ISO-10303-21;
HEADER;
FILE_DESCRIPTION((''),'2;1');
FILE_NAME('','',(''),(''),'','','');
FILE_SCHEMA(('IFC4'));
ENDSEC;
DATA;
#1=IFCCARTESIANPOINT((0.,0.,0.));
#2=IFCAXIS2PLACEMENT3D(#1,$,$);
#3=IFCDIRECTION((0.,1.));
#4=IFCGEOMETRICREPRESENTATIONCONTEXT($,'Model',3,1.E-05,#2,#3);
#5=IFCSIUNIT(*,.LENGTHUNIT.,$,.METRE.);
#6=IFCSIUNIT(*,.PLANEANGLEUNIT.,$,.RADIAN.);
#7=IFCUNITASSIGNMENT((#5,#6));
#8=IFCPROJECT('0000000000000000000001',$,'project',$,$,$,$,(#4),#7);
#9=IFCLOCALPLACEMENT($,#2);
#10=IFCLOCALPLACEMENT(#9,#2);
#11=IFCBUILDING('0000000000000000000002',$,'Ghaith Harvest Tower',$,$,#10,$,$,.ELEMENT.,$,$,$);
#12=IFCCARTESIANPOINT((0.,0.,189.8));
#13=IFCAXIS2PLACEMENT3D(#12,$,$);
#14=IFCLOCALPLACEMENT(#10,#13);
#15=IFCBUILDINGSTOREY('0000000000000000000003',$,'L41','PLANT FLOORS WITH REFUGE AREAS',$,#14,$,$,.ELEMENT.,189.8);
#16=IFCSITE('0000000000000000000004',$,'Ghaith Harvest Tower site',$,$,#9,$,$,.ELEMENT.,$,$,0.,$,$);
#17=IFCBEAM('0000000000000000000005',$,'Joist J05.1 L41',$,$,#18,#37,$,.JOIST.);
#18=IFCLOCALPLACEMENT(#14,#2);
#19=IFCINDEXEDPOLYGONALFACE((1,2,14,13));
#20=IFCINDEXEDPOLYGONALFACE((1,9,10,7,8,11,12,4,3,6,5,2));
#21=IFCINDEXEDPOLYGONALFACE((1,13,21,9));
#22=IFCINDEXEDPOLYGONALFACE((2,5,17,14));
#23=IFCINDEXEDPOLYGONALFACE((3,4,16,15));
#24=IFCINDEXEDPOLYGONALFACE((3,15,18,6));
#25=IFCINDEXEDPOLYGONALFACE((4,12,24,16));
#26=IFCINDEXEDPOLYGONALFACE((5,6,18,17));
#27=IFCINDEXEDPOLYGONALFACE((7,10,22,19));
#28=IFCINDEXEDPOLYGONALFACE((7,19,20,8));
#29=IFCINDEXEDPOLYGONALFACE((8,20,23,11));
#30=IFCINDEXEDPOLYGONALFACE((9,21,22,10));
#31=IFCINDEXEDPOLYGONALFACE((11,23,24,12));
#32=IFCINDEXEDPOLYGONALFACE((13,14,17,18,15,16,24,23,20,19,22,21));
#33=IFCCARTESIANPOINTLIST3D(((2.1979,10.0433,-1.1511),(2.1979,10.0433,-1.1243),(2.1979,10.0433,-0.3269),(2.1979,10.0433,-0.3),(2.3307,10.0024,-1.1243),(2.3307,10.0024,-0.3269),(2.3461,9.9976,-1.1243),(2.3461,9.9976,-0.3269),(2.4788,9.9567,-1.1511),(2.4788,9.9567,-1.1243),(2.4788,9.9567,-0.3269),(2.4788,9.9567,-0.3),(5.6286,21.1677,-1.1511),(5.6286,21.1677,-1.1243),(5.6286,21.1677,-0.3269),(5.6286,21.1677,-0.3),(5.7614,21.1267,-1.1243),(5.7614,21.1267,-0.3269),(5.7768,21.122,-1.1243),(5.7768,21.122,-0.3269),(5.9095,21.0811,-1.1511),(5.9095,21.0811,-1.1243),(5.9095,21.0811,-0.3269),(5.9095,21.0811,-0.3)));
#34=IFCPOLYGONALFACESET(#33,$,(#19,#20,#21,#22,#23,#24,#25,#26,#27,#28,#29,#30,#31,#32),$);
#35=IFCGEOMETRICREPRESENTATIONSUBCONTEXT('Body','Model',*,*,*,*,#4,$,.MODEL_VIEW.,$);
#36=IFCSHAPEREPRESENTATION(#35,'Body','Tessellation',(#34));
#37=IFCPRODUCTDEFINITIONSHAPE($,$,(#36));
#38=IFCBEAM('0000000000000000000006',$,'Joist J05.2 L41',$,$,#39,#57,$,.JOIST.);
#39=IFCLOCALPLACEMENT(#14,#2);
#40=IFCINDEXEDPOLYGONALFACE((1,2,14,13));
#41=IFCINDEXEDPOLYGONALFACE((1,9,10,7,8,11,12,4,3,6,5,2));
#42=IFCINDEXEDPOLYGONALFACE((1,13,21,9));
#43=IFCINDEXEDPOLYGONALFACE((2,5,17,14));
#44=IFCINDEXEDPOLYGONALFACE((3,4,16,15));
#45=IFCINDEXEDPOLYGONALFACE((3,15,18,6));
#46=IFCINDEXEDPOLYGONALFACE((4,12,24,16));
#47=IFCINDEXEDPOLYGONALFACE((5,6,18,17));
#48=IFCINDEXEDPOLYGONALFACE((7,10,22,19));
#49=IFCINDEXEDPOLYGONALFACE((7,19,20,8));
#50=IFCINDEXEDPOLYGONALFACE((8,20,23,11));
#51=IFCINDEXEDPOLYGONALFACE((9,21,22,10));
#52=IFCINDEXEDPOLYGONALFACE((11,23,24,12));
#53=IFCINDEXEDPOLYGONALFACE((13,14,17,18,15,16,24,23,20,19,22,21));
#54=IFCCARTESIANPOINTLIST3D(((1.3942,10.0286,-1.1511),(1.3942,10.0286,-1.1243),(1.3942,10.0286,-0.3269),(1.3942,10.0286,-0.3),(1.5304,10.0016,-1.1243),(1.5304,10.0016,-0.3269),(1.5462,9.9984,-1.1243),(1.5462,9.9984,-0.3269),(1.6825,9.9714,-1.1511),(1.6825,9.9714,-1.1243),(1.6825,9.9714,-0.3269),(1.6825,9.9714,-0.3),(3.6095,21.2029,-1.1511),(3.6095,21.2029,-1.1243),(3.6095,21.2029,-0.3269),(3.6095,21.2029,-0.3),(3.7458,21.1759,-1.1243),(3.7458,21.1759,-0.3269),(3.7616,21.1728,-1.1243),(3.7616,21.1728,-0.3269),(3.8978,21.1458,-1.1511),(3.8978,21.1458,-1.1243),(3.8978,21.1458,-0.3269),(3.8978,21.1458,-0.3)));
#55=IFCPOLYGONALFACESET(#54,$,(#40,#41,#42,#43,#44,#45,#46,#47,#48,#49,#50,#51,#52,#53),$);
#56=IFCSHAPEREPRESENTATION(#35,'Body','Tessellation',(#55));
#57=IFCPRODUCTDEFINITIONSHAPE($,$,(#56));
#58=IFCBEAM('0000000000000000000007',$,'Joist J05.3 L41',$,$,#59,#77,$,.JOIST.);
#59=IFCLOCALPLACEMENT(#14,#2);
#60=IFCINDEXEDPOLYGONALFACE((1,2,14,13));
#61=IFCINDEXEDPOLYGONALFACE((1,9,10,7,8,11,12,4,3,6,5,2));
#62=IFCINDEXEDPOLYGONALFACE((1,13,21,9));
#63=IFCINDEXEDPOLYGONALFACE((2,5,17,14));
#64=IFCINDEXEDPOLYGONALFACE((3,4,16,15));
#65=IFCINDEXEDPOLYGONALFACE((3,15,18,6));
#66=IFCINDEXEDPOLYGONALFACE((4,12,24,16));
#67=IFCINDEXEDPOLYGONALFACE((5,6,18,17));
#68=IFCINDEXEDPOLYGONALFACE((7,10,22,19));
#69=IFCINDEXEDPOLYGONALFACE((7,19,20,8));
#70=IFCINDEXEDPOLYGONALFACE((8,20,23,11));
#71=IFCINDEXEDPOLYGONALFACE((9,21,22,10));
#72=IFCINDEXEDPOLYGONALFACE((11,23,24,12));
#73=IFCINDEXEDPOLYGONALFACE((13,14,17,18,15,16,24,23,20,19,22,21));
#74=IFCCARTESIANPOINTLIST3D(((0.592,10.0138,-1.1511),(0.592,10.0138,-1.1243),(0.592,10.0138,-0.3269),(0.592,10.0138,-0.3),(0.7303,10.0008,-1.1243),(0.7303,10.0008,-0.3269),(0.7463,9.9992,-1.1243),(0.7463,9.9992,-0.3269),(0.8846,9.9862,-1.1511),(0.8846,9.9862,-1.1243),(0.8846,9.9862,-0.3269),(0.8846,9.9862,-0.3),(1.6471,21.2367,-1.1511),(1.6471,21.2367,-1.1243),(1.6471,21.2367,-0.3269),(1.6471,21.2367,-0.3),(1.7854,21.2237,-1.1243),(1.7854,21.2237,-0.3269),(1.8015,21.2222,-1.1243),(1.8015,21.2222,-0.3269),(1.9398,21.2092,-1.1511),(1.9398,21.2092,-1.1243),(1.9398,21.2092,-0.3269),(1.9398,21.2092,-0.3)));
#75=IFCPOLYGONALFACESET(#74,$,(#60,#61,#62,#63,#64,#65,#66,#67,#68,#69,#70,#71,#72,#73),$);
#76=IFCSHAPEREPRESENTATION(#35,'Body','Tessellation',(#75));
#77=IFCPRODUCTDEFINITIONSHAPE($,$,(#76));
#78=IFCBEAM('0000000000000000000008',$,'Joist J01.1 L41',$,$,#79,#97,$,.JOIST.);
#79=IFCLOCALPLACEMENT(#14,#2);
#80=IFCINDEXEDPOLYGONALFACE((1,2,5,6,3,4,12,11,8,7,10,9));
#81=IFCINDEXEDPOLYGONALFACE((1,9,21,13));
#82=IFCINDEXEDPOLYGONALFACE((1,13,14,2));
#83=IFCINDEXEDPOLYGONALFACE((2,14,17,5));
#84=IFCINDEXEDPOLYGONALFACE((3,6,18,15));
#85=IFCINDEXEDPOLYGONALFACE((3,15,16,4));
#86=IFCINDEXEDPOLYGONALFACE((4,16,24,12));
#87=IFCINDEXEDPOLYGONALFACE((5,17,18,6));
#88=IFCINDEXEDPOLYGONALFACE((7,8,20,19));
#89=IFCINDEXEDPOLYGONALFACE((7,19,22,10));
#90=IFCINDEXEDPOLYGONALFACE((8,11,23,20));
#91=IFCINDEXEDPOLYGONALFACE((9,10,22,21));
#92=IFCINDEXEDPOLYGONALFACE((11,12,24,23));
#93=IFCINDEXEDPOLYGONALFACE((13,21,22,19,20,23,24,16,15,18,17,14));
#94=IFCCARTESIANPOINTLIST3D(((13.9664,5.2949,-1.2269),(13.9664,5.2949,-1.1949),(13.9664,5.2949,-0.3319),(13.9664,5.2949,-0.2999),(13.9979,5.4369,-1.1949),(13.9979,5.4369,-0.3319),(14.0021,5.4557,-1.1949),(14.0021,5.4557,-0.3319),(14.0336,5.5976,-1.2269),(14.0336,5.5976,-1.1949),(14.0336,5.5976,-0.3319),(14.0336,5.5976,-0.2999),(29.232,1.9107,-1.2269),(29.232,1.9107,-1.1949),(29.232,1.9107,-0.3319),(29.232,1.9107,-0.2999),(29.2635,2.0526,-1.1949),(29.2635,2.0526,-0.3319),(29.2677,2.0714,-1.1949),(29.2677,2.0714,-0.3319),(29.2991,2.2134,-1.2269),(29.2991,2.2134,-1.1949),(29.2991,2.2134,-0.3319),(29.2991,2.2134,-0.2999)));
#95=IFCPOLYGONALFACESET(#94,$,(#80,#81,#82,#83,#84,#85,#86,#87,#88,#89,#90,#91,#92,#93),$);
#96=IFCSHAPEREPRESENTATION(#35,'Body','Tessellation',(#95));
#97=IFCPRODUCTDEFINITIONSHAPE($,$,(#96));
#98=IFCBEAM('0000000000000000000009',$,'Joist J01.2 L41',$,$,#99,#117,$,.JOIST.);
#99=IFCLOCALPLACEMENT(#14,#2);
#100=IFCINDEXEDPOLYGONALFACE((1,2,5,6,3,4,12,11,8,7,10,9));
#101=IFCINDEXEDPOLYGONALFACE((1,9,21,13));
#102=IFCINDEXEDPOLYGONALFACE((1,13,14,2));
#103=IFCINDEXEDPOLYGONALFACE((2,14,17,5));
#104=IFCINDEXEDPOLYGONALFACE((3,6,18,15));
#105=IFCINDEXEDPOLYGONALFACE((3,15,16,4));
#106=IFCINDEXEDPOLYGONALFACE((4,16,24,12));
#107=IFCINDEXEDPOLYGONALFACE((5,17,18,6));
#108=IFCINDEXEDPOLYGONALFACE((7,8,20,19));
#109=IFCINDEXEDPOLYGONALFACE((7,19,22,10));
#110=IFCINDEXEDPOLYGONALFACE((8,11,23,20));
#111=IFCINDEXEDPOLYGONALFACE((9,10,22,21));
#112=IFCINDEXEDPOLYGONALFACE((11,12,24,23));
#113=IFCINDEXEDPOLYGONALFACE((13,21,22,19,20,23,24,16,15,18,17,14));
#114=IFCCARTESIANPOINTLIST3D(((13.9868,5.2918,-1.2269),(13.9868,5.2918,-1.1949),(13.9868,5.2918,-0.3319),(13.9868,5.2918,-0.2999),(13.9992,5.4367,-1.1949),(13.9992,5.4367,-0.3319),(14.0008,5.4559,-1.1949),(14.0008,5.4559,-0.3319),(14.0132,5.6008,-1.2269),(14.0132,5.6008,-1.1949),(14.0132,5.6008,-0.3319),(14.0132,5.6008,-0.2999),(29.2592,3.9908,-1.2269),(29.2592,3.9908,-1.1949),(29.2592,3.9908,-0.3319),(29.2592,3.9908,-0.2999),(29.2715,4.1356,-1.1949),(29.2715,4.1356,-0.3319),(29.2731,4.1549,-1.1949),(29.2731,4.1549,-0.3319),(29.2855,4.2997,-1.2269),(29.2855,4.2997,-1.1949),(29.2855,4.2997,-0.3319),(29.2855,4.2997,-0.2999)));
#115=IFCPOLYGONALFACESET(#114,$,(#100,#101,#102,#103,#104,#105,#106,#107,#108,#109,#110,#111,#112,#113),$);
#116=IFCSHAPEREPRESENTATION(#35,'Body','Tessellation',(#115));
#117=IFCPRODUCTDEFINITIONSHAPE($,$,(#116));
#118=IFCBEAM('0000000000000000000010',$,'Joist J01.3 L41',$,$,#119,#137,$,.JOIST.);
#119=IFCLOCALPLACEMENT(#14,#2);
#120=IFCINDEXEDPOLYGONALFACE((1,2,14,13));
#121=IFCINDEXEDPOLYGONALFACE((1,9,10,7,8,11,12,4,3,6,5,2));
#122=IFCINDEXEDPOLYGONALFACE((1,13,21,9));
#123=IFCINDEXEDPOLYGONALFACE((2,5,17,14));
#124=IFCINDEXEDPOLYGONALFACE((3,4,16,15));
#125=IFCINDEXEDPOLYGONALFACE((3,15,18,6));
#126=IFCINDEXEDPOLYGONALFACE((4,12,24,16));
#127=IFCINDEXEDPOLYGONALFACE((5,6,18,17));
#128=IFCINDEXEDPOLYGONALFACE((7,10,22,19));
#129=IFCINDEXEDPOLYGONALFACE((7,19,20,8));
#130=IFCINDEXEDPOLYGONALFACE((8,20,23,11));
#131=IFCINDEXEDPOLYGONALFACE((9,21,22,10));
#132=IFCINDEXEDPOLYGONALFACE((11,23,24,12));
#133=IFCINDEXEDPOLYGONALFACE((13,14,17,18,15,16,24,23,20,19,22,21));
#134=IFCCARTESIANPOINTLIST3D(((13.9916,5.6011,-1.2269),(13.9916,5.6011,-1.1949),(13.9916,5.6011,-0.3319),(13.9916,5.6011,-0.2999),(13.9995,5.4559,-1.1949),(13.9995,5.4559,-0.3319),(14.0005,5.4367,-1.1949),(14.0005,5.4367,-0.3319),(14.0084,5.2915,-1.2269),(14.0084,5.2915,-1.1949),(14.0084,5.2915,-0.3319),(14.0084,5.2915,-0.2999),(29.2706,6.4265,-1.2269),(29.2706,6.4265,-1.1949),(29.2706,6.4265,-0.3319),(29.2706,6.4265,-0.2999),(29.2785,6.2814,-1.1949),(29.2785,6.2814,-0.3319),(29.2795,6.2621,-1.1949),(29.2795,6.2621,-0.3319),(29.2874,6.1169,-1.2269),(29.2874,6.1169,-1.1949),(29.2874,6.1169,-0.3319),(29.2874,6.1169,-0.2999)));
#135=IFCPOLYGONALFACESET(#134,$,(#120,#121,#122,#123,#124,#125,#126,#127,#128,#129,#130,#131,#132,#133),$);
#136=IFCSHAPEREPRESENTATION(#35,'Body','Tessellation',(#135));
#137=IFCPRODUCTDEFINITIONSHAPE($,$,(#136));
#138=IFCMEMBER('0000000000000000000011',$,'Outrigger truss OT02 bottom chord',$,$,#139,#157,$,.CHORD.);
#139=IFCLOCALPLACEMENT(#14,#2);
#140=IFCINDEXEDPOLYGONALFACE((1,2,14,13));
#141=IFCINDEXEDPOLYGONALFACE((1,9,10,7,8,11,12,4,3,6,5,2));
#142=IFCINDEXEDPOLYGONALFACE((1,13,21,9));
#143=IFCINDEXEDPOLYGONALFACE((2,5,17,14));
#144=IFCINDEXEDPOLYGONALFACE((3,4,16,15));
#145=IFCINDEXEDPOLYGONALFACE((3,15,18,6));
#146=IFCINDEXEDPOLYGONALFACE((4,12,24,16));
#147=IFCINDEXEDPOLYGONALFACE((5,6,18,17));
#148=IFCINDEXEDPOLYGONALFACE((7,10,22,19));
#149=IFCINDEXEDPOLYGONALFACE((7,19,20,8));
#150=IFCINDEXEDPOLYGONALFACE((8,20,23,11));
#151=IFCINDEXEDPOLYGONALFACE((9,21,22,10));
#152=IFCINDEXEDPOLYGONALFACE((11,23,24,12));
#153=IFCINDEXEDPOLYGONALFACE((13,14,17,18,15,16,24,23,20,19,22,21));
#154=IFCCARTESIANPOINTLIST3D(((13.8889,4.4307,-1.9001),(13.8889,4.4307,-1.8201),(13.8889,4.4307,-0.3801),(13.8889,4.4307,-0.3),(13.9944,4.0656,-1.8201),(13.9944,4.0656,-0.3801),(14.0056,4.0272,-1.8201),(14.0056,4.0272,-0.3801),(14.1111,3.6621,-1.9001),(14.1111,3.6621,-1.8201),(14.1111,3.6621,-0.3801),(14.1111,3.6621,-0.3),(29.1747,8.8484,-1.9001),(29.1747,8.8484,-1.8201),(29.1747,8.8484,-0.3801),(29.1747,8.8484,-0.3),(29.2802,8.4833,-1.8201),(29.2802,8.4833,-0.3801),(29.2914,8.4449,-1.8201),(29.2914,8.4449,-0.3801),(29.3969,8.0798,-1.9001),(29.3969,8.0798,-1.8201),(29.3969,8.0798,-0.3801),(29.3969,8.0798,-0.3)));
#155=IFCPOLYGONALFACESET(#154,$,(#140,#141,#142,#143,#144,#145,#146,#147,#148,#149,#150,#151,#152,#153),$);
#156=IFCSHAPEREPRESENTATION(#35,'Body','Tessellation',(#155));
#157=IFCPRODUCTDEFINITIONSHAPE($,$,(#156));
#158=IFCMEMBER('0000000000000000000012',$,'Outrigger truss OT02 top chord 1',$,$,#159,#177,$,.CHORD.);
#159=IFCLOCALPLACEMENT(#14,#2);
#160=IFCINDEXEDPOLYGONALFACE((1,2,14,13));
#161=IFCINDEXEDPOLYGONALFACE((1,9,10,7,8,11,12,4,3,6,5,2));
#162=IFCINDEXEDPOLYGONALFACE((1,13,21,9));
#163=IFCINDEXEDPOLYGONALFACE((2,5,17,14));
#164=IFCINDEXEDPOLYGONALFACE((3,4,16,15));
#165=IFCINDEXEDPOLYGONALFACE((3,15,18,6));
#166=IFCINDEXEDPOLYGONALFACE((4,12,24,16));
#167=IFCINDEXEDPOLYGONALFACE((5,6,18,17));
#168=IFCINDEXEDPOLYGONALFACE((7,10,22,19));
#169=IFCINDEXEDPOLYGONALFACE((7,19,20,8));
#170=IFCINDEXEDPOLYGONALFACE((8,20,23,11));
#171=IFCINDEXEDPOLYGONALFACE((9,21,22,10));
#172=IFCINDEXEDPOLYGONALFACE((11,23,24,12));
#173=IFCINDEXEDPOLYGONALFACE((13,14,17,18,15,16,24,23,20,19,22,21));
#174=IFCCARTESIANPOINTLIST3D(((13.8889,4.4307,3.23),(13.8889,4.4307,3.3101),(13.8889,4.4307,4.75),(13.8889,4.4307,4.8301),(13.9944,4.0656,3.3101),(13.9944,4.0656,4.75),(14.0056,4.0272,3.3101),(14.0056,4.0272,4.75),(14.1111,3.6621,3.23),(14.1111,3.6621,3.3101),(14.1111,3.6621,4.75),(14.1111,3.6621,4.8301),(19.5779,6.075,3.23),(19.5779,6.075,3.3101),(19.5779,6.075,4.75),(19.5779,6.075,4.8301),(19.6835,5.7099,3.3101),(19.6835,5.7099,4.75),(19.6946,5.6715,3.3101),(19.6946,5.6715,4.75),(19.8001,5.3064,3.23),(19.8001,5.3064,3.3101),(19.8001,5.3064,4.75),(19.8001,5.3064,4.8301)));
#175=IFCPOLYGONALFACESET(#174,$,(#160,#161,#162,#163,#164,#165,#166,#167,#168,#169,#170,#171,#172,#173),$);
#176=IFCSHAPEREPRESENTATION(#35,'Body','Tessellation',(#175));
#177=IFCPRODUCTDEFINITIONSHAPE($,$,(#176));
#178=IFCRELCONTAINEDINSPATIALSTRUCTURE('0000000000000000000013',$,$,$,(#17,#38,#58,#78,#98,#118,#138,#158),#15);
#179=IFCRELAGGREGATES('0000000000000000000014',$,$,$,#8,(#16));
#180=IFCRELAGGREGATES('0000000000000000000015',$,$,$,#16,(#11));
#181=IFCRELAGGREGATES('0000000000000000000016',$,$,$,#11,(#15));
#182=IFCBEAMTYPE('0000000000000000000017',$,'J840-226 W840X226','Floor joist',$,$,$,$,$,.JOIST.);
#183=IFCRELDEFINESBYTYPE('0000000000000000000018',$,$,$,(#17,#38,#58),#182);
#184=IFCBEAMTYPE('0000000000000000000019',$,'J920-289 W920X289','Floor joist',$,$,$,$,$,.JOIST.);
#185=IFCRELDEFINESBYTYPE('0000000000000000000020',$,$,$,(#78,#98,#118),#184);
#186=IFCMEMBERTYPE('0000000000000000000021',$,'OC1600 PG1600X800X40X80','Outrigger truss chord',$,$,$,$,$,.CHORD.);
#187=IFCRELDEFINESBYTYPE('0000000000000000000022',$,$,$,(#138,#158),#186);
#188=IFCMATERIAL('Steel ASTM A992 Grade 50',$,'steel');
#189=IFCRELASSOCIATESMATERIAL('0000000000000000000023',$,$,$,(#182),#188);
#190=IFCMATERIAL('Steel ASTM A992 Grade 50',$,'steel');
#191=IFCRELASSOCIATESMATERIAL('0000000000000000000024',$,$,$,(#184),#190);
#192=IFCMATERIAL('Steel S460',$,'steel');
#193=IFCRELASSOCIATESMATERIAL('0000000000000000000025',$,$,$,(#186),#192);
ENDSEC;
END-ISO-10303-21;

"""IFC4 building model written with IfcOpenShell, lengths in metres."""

from ifc_helpers import new_model, si_unit, direction, frame, origin, origin_2d, place, context, subcontext, project, spatial, i_section, extrude, material, material_profile, profile_set, type_object, element, save


model = new_model("IFC4")

# Units and contexts
model_context = context("Model", 3, precision=1e-05, world=origin(), true_north=direction((0.0, 1.0)))
body_context = subcontext(model_context, "Body", "Model", "MODEL_VIEW")
ifc_project = project(units=[si_unit("LENGTHUNIT", "METRE"), si_unit("PLANEANGLEUNIT", "RADIAN")], contexts=[model_context])

# Site, building, storey
site_placement = place(None, origin())
site = spatial("IfcSite", under=ifc_project, at=site_placement, Name="Ghaith Harvest Tower site", CompositionType="ELEMENT", RefElevation=0.0)
building_placement = place(site_placement, origin())
building = spatial("IfcBuilding", under=site, at=building_placement, Name="Ghaith Harvest Tower", CompositionType="ELEMENT")
storey_placement = place(building_placement, frame((0.0, 0.0, 189.8)))
storey = spatial("IfcBuildingStorey", under=building, at=storey_placement, Name="L41", Description="PLANT FLOORS WITH REFUGE AREAS", CompositionType="ELEMENT", Elevation=189.8)

# Beams
ifc_material_1 = material(Name="Steel ASTM A992 Grade 50", Category="steel")
ifc_material_profile_1 = material_profile(ifc_material_1, i_section(OverallWidth=0.2939, OverallDepth=0.8511, WebThickness=0.0161, FlangeThickness=0.0269, at=origin_2d()), Name="W840X226")
ifc_profile_set_1 = profile_set([ifc_material_profile_1], Name="Steel ASTM A992 Grade 50")
beam_type_1 = type_object("IfcBeamType", Name="J840-226 W840X226", Description="Floor joist", PredefinedType="JOIST", material=ifc_profile_set_1)
beam_1_placement = place(storey_placement, frame((2.3384, 10.0, -0.7256), z_axis=(0.294699, 0.95559, 0.0), x_axis=(-0.95559, 0.294699, 0.0)))
element("IfcBeam", 1, at=beam_1_placement, inside=storey, type_object=beam_type_1, Name="Joist J05.1 L41", PredefinedType="JOIST", context=body_context, shape_type="SweptSolid", body=[
    extrude(i_section(OverallWidth=0.2939, OverallDepth=0.8511, WebThickness=0.0161, FlangeThickness=0.0269, at=origin_2d()), origin(), (0.0, 0.0, 1.0), 11.6414),
])
beam_2_placement = place(storey_placement, frame((1.5383, 10.0, -0.7256), z_axis=(0.194467, 0.980909, 0.0), x_axis=(-0.980909, 0.194467, 0.0)))
element("IfcBeam", 2, at=beam_2_placement, inside=storey, type_object=beam_type_1, Name="Joist J05.2 L41", PredefinedType="JOIST", context=body_context, shape_type="SweptSolid", body=[
    extrude(i_section(OverallWidth=0.2939, OverallDepth=0.8511, WebThickness=0.0161, FlangeThickness=0.0269, at=origin_2d()), origin(), (0.0, 0.0, 1.0), 11.3918),
])
beam_3_placement = place(storey_placement, frame((0.7383, 10.0, -0.7256), z_axis=(0.093607, 0.995609, 0.0), x_axis=(-0.995609, 0.093607, 0.0)))
element("IfcBeam", 3, at=beam_3_placement, inside=storey, type_object=beam_type_1, Name="Joist J05.3 L41", PredefinedType="JOIST", context=body_context, shape_type="SweptSolid", body=[
    extrude(i_section(OverallWidth=0.2939, OverallDepth=0.8511, WebThickness=0.0161, FlangeThickness=0.0269, at=origin_2d()), origin(), (0.0, 0.0, 1.0), 11.2725),
])
ifc_material_2 = material(Name="Steel ASTM A992 Grade 50", Category="steel")
ifc_material_profile_2 = material_profile(ifc_material_2, i_section(OverallWidth=0.3101, OverallDepth=0.927, WebThickness=0.0193, FlangeThickness=0.032, at=origin_2d()), Name="W920X289")
ifc_profile_set_2 = profile_set([ifc_material_profile_2], Name="Steel ASTM A992 Grade 50")
beam_type_2 = type_object("IfcBeamType", Name="J920-289 W920X289", Description="Floor joist", PredefinedType="JOIST", material=ifc_profile_set_2)
beam_4_placement = place(storey_placement, frame((14.0, 5.4463, -0.7634), z_axis=(0.976296, -0.216438, 0.0), x_axis=(0.216438, 0.976296, 0.0)))
element("IfcBeam", 4, at=beam_4_placement, inside=storey, type_object=beam_type_2, Name="Joist J01.1 L41", PredefinedType="JOIST", context=body_context, shape_type="SweptSolid", body=[
    extrude(i_section(OverallWidth=0.3101, OverallDepth=0.927, WebThickness=0.0193, FlangeThickness=0.032, at=origin_2d()), origin(), (0.0, 0.0, 1.0), 15.6362),
])
beam_5_placement = place(storey_placement, frame((14.0, 5.4463, -0.7634), z_axis=(0.996391, -0.084882, 0.0), x_axis=(0.084882, 0.996391, 0.0)))
element("IfcBeam", 5, at=beam_5_placement, inside=storey, type_object=beam_type_2, Name="Joist J01.2 L41", PredefinedType="JOIST", context=body_context, shape_type="SweptSolid", body=[
    extrude(i_section(OverallWidth=0.3101, OverallDepth=0.927, WebThickness=0.0193, FlangeThickness=0.032, at=origin_2d()), origin(), (0.0, 0.0, 1.0), 15.3276),
])
beam_6_placement = place(storey_placement, frame((14.0, 5.4463, -0.7634), z_axis=(0.998544, 0.053946, 0.0), x_axis=(-0.053946, 0.998544, 0.0)))
element("IfcBeam", 6, at=beam_6_placement, inside=storey, type_object=beam_type_2, Name="Joist J01.3 L41", PredefinedType="JOIST", context=body_context, shape_type="SweptSolid", body=[
    extrude(i_section(OverallWidth=0.3101, OverallDepth=0.927, WebThickness=0.0193, FlangeThickness=0.032, at=origin_2d()), origin(), (0.0, 0.0, 1.0), 15.3013),
])

# Members
ifc_material_3 = material(Name="Steel S460", Category="steel")
ifc_material_profile_3 = material_profile(ifc_material_3, i_section(OverallWidth=0.8, OverallDepth=1.6001, WebThickness=0.04, FlangeThickness=0.0801, at=origin_2d()), Name="PG1600X800X40X80")
ifc_profile_set_3 = profile_set([ifc_material_profile_3], Name="Steel S460")
member_type_1 = type_object("IfcMemberType", Name="OC1600 PG1600X800X40X80", Description="Outrigger truss chord", PredefinedType="CHORD", material=ifc_profile_set_3)
member_1_placement = place(storey_placement, frame((14.0, 4.0464, -1.1001), z_axis=(0.960684, 0.277644, 0.0), x_axis=(-0.277644, 0.960684, 0.0)))
element("IfcMember", 7, at=member_1_placement, inside=storey, type_object=member_type_1, Name="Outrigger truss OT02 bottom chord", PredefinedType="CHORD", context=body_context, shape_type="SweptSolid", body=[
    extrude(i_section(OverallWidth=0.8, OverallDepth=1.6001, WebThickness=0.04, FlangeThickness=0.0801, at=origin_2d()), origin(), (0.0, 0.0, 1.0), 15.9114),
])
member_2_placement = place(storey_placement, frame((14.0, 4.0464, 4.03), z_axis=(0.960678, 0.277666, 0.0), x_axis=(-0.277666, 0.960678, 0.0)))
element("IfcMember", 8, at=member_2_placement, inside=storey, type_object=member_type_1, Name="Outrigger truss OT02 top chord 1", PredefinedType="CHORD", context=body_context, shape_type="SweptSolid", body=[
    extrude(i_section(OverallWidth=0.8, OverallDepth=1.6001, WebThickness=0.04, FlangeThickness=0.0801, at=origin_2d()), origin(), (0.0, 0.0, 1.0), 5.9219),
])

save(model, "model.ifc")
